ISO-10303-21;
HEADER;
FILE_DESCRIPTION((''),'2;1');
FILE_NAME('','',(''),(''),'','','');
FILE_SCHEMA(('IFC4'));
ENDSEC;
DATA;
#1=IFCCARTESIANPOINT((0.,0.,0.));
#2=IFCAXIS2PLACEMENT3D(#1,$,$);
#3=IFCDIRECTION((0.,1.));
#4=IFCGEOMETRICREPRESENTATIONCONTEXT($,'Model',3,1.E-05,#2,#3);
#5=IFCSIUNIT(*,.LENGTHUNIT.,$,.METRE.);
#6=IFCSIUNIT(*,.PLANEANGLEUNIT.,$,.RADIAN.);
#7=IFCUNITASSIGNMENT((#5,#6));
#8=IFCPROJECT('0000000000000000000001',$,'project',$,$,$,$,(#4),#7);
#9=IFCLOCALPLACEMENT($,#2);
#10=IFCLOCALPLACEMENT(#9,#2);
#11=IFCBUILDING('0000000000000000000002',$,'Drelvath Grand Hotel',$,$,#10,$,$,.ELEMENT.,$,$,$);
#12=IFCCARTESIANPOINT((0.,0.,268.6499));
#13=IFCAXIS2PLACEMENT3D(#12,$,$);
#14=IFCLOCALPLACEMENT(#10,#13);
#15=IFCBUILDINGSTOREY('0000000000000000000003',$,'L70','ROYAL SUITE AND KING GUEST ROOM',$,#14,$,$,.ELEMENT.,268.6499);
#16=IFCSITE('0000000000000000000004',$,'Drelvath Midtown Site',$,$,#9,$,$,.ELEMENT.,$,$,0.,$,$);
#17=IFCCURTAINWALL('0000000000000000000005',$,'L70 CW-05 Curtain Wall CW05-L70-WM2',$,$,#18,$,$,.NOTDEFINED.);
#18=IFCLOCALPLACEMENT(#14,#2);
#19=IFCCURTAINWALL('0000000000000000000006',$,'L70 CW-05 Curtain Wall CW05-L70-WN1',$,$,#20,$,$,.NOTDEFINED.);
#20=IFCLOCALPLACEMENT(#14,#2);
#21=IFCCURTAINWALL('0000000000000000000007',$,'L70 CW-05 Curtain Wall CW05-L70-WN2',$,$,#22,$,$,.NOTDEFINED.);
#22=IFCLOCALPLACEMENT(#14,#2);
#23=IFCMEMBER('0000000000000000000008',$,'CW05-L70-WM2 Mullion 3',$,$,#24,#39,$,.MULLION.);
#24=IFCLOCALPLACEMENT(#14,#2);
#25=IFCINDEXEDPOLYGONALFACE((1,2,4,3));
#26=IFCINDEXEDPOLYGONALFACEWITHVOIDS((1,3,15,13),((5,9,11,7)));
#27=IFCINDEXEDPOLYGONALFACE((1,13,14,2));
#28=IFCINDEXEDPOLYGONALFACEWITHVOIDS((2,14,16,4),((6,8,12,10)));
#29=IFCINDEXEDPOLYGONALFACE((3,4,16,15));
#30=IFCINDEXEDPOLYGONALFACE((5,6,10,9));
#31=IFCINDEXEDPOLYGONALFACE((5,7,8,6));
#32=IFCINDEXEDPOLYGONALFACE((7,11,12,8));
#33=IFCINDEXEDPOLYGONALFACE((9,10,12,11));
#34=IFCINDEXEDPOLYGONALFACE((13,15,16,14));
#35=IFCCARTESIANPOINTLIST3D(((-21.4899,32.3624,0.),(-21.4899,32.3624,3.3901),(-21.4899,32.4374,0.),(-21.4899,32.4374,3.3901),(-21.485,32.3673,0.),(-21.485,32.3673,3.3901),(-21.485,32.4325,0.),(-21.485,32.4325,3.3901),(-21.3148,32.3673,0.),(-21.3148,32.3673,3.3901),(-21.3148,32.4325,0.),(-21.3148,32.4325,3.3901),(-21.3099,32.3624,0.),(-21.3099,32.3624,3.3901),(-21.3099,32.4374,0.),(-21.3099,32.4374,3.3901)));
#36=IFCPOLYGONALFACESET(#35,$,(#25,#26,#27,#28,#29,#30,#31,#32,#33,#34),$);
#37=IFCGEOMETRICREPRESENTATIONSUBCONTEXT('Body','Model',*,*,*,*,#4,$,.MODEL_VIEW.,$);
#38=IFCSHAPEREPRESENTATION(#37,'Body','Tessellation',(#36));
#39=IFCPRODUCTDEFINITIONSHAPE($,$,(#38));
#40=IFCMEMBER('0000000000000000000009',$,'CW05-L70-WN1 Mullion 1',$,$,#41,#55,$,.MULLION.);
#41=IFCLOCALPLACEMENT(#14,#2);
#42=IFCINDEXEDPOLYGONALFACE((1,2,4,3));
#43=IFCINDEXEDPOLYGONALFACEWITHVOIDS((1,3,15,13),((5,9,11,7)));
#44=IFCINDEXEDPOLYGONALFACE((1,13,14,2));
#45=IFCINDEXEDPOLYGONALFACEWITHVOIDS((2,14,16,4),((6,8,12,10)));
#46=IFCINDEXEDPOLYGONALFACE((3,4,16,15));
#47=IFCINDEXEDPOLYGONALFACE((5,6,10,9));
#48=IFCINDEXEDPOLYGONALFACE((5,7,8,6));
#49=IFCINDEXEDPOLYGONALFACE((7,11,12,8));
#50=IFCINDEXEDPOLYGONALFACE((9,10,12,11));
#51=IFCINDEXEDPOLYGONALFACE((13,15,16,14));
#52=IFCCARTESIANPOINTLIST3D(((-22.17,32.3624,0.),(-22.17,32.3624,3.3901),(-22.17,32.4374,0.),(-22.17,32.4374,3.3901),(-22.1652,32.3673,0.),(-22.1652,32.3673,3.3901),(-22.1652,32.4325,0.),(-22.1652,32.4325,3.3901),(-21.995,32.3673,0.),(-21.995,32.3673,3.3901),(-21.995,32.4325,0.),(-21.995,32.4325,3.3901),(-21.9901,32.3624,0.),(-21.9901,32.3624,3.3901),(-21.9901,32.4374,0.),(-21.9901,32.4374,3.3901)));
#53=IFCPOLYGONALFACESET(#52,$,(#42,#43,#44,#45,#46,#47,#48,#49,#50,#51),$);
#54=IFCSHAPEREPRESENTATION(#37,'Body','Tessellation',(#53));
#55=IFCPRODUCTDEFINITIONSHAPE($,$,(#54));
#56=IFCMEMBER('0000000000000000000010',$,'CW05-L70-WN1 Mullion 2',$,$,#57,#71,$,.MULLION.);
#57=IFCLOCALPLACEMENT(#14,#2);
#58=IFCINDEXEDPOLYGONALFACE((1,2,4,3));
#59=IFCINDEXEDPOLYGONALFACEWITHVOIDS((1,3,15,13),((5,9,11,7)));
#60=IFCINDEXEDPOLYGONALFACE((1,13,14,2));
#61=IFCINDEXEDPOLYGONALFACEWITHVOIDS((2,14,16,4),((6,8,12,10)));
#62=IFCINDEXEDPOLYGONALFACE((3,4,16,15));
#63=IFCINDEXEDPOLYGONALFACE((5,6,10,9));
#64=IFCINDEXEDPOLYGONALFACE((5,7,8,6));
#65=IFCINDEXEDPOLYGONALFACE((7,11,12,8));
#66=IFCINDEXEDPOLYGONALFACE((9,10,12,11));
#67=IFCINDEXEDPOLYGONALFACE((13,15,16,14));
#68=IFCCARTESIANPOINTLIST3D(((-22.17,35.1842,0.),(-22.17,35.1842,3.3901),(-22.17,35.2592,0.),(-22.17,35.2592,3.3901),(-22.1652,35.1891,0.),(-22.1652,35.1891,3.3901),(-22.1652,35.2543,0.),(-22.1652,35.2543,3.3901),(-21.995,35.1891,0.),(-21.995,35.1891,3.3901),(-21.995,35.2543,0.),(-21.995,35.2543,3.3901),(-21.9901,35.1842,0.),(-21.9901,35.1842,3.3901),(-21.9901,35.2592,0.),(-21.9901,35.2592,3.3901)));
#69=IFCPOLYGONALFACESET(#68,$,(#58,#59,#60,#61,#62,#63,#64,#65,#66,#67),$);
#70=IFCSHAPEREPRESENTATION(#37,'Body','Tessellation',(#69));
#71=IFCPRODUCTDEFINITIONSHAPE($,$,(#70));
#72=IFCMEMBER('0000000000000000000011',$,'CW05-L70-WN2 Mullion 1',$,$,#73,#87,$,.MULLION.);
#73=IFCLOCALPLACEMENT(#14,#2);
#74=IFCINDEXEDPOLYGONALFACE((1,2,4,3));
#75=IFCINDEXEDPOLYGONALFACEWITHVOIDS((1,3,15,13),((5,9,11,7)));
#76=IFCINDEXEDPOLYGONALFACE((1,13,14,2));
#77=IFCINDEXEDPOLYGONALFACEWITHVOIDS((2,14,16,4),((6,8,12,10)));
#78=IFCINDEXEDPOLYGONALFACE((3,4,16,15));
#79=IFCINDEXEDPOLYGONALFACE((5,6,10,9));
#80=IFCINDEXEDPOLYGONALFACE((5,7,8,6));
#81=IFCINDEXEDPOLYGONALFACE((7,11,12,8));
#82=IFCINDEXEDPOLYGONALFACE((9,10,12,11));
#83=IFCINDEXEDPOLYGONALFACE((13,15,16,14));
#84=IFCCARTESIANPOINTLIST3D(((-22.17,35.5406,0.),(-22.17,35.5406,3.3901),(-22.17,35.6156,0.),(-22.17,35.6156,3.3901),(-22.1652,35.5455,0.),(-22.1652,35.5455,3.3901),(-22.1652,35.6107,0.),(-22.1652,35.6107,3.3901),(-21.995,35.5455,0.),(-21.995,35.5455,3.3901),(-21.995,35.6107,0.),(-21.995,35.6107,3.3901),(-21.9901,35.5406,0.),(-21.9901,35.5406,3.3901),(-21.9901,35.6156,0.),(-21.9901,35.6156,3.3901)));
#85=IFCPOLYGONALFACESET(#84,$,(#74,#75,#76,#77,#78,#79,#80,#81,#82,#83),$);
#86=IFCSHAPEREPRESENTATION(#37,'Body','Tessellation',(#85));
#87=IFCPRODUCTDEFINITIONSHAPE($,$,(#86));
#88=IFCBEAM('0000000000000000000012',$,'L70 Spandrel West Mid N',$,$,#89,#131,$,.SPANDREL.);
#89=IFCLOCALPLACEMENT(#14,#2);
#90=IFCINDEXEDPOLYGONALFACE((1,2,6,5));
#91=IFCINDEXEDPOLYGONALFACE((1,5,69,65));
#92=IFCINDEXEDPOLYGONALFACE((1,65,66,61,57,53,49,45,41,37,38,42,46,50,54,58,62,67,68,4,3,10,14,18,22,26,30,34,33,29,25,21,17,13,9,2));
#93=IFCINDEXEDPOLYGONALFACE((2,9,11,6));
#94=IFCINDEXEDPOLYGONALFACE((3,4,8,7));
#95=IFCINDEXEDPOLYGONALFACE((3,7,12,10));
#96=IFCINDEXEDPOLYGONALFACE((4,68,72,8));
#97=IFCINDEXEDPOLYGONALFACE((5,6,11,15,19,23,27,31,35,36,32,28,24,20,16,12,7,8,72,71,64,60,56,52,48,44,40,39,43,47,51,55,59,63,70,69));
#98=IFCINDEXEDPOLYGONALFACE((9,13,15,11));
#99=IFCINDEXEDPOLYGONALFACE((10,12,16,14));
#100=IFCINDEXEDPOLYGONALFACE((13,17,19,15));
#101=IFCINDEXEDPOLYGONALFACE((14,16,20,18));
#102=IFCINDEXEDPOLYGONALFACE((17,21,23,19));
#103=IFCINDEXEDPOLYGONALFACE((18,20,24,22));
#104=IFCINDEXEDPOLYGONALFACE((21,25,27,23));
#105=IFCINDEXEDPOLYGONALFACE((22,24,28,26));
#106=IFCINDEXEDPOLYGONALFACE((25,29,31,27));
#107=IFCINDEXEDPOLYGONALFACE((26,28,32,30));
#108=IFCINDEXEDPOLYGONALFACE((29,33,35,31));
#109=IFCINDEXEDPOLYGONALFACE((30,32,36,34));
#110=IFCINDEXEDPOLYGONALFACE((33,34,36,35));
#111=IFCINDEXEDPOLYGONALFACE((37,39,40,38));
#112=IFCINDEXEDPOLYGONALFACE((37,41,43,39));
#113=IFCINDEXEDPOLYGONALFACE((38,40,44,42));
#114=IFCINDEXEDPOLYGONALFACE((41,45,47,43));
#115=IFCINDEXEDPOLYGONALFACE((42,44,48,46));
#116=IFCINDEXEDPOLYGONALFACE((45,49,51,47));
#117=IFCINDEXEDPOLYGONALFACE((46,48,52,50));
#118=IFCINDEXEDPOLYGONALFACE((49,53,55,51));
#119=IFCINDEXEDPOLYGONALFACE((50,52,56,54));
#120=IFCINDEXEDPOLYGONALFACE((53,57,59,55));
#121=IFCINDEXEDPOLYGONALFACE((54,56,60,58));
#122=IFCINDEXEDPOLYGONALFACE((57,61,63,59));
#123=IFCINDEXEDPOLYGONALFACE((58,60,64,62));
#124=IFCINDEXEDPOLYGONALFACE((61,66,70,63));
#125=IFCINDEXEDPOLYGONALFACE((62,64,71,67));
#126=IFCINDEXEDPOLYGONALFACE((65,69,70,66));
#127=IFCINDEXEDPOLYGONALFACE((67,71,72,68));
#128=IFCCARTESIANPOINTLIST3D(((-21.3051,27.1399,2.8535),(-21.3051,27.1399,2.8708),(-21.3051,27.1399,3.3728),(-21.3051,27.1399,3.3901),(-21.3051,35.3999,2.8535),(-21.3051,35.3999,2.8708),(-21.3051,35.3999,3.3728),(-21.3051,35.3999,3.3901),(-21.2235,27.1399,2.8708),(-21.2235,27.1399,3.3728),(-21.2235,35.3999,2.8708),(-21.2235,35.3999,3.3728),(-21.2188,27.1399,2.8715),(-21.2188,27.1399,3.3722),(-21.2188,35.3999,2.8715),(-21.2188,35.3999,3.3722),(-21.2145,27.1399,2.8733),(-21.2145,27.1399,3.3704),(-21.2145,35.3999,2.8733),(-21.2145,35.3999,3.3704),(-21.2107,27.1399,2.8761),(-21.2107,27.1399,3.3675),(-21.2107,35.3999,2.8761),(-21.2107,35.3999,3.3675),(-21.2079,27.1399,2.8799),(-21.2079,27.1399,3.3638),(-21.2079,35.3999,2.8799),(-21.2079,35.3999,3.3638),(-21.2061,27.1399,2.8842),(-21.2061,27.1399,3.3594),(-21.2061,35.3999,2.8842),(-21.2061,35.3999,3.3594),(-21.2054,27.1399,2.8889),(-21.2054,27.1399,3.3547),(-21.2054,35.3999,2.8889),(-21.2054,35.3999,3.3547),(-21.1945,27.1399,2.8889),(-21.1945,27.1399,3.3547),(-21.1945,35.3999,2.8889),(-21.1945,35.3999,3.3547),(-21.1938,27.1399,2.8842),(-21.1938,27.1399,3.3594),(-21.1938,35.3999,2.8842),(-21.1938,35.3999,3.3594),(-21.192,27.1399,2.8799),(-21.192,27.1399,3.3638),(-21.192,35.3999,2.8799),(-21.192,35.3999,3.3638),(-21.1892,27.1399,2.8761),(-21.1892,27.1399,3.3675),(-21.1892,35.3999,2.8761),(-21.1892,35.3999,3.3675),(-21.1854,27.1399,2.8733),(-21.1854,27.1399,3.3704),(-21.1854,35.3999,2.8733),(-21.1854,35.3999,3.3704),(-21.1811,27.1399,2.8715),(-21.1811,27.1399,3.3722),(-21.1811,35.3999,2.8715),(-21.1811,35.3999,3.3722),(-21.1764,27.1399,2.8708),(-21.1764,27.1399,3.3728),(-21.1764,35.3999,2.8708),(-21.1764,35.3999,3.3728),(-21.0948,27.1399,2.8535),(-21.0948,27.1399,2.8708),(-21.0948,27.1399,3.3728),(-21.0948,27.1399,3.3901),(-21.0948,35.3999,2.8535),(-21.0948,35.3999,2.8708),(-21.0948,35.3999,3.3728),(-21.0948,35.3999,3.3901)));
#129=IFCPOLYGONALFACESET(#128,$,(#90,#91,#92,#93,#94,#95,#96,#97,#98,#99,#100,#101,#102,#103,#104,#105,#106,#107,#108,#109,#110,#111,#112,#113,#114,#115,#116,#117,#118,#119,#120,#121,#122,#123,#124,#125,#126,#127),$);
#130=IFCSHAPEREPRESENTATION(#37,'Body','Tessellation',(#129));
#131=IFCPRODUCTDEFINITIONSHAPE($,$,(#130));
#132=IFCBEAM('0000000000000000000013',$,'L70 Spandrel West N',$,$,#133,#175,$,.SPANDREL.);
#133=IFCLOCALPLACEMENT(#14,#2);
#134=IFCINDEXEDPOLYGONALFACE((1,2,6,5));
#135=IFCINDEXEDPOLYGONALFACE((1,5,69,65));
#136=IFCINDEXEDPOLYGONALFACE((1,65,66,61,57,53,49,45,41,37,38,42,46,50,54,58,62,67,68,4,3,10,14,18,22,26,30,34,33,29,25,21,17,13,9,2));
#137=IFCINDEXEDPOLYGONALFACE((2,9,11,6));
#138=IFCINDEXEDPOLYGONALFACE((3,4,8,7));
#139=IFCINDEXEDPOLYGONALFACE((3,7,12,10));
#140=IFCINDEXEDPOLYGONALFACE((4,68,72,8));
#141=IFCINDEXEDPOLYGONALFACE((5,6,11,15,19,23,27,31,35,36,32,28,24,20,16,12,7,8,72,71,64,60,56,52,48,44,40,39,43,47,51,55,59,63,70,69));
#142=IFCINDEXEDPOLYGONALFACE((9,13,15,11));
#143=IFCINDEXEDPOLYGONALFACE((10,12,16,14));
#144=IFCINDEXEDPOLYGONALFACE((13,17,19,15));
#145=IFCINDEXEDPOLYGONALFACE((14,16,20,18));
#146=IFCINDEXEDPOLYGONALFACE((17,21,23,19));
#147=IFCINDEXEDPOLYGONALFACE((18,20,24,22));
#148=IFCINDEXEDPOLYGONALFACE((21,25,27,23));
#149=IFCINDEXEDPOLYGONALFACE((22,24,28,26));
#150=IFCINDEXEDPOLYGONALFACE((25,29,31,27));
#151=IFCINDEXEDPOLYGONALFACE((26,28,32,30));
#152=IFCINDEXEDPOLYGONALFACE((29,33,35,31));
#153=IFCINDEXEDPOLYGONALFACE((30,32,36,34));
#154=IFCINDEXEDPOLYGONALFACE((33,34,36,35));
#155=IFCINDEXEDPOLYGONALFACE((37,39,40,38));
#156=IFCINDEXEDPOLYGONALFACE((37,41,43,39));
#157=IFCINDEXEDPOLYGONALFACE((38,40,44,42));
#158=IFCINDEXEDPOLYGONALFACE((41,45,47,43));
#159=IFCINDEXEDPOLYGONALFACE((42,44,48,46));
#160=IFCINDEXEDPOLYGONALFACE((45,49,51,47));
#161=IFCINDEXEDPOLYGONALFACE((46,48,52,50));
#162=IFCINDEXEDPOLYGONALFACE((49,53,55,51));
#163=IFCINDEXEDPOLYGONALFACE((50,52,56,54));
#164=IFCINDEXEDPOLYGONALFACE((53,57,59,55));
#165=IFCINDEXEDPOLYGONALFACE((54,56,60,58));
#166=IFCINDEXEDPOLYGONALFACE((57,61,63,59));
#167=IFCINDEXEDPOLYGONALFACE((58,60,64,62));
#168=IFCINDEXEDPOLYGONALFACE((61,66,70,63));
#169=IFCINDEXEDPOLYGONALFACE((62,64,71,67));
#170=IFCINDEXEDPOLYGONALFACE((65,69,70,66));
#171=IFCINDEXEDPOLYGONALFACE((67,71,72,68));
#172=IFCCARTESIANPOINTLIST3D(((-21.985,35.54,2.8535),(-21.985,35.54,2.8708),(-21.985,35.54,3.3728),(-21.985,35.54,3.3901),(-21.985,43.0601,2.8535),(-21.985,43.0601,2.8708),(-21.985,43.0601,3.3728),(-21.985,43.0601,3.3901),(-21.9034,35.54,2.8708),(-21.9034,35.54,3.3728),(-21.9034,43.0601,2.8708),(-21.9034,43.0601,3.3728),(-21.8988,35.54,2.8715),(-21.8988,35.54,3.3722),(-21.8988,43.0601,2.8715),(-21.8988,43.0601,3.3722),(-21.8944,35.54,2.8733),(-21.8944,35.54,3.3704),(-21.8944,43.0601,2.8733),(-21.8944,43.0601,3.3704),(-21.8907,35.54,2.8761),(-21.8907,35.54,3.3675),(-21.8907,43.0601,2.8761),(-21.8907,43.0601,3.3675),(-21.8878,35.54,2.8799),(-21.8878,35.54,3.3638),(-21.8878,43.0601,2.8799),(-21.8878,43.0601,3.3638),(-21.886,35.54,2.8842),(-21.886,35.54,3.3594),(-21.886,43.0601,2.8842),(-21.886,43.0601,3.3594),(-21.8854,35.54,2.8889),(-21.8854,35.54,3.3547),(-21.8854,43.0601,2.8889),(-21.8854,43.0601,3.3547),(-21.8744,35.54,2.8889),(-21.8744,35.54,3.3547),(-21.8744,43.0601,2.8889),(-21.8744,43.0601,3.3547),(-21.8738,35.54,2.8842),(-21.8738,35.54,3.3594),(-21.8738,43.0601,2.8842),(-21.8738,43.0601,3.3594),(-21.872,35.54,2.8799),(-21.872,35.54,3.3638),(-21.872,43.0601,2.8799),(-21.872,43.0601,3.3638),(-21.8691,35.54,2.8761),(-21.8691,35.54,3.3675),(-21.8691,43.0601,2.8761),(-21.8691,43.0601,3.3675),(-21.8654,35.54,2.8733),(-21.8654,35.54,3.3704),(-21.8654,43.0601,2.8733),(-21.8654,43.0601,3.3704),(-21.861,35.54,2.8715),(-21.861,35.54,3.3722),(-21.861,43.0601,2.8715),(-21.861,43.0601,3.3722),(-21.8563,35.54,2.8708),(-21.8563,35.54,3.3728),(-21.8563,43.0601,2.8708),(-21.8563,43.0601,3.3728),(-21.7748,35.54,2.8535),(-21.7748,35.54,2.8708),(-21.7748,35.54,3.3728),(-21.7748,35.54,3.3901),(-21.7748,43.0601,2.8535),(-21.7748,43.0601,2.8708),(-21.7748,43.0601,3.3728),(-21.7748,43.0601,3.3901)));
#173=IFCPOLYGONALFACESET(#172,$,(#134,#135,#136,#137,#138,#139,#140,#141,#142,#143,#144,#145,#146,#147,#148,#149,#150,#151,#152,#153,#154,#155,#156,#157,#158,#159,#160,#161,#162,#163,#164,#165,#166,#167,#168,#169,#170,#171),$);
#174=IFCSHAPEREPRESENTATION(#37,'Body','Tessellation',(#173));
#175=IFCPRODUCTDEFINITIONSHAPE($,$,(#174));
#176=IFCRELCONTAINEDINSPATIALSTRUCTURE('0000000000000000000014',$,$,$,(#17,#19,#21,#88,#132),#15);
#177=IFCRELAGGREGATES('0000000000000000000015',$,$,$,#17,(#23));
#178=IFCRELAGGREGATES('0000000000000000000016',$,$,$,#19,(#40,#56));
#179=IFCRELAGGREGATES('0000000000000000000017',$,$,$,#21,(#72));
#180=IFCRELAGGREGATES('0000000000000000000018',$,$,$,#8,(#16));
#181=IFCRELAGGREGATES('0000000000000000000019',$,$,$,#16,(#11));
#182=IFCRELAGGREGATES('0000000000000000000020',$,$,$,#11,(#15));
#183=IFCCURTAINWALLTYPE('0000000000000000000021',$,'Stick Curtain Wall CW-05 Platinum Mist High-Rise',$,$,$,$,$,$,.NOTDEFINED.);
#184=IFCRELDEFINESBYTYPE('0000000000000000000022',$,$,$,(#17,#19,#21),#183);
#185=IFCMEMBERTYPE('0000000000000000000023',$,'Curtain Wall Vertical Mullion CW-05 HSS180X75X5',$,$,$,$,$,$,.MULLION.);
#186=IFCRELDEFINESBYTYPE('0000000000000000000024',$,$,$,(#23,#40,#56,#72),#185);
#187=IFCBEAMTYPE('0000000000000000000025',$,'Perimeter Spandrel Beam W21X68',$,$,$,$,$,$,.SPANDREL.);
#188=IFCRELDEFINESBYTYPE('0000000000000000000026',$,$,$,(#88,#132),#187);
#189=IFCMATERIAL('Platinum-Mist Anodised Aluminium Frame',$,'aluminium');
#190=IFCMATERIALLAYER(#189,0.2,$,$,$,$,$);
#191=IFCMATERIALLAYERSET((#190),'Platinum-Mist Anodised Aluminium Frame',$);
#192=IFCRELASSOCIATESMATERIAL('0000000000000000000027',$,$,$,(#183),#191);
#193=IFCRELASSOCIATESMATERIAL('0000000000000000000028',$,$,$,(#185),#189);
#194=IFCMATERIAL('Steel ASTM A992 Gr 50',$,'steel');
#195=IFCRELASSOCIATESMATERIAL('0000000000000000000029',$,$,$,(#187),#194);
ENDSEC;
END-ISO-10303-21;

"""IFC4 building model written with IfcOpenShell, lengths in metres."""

from ifc_helpers import new_model, si_unit, direction, frame, origin, origin_2d, place, context, subcontext, project, spatial, hollow_rectangle, i_section, extrude, material, layer, layer_set, material_profile, profile_set, type_object, element, aggregate, save


model = new_model("IFC4")

# Units and contexts
model_context = context("Model", 3, precision=1e-05, world=origin(), true_north=direction((0.0, 1.0)))
body_context = subcontext(model_context, "Body", "Model", "MODEL_VIEW")
ifc_project = project(units=[si_unit("LENGTHUNIT", "METRE"), si_unit("PLANEANGLEUNIT", "RADIAN")], contexts=[model_context])

# Site, building, storey
site_placement = place(None, origin())
site = spatial("IfcSite", under=ifc_project, at=site_placement, Name="Drelvath Midtown Site", CompositionType="ELEMENT", RefElevation=0.0)
building_placement = place(site_placement, origin())
building = spatial("IfcBuilding", under=site, at=building_placement, Name="Drelvath Grand Hotel", CompositionType="ELEMENT")
storey_placement = place(building_placement, frame((0.0, 0.0, 268.6499)))
storey = spatial("IfcBuildingStorey", under=building, at=storey_placement, Name="L70", Description="ROYAL SUITE AND KING GUEST ROOM", CompositionType="ELEMENT", Elevation=268.6499)

# Curtain walls
ifc_material_1 = material(Name="Platinum-Mist Anodised Aluminium Frame", Category="aluminium")
ifc_layer_1 = layer(ifc_material_1, 0.2)
ifc_layer_set_1 = layer_set([ifc_layer_1], Name="Platinum-Mist Anodised Aluminium Frame")
curtain_wall_type = type_object("IfcCurtainWallType", Name="Stick Curtain Wall CW-05 Platinum Mist High-Rise", PredefinedType="NOTDEFINED", material=ifc_layer_set_1)
curtain_wall_1_placement = place(storey_placement, origin())
curtain_wall_1 = element("IfcCurtainWall", 1, at=curtain_wall_1_placement, inside=storey, type_object=curtain_wall_type, Name="L70 CW-05 Curtain Wall CW05-L70-WM2", PredefinedType="NOTDEFINED")
curtain_wall_2_placement = place(storey_placement, origin())
curtain_wall_2 = element("IfcCurtainWall", 2, at=curtain_wall_2_placement, inside=storey, type_object=curtain_wall_type, Name="L70 CW-05 Curtain Wall CW05-L70-WN1", PredefinedType="NOTDEFINED")
curtain_wall_3_placement = place(storey_placement, origin())
curtain_wall_3 = element("IfcCurtainWall", 3, at=curtain_wall_3_placement, inside=storey, type_object=curtain_wall_type, Name="L70 CW-05 Curtain Wall CW05-L70-WN2", PredefinedType="NOTDEFINED")

# Members
ifc_material_profile_1 = material_profile(ifc_material_1, hollow_rectangle(XDim=0.075, YDim=0.1799, WallThickness=0.0049, at=origin_2d()), Name="HSS180X75X5")
ifc_profile_set_1 = profile_set([ifc_material_profile_1], Name="Platinum-Mist Anodised Aluminium Frame")
member_type_1 = type_object("IfcMemberType", Name="Curtain Wall Vertical Mullion CW-05 HSS180X75X5", PredefinedType="MULLION", material=ifc_profile_set_1)
member_1_placement = place(storey_placement, frame((-21.3999, 32.3999, 0.0), z_axis=(0.0, 0.0, 1.0), x_axis=(0.0, 1.0, 0.0)))
member_1 = element("IfcMember", 4, at=member_1_placement, type_object=member_type_1, Name="CW05-L70-WM2 Mullion 3", PredefinedType="MULLION", context=body_context, shape_type="SweptSolid", body=[
    extrude(hollow_rectangle(XDim=0.075, YDim=0.1799, WallThickness=0.0049, at=origin_2d()), origin(), (0.0, 0.0, 1.0), 3.3901),
])
member_2_placement = place(storey_placement, frame((-22.0801, 32.3999, 0.0), z_axis=(0.0, 0.0, 1.0), x_axis=(0.0, 1.0, 0.0)))
member_2 = element("IfcMember", 5, at=member_2_placement, type_object=member_type_1, Name="CW05-L70-WN1 Mullion 1", PredefinedType="MULLION", context=body_context, shape_type="SweptSolid", body=[
    extrude(hollow_rectangle(XDim=0.075, YDim=0.1799, WallThickness=0.0049, at=origin_2d()), origin(), (0.0, 0.0, 1.0), 3.3901),
])
member_3_placement = place(storey_placement, frame((-22.0801, 35.2217, 0.0), z_axis=(0.0, 0.0, 1.0), x_axis=(0.0, 1.0, 0.0)))
member_3 = element("IfcMember", 6, at=member_3_placement, type_object=member_type_1, Name="CW05-L70-WN1 Mullion 2", PredefinedType="MULLION", context=body_context, shape_type="SweptSolid", body=[
    extrude(hollow_rectangle(XDim=0.075, YDim=0.1799, WallThickness=0.0049, at=origin_2d()), origin(), (0.0, 0.0, 1.0), 3.3901),
])
member_4_placement = place(storey_placement, frame((-22.0801, 35.5781, 0.0), z_axis=(0.0, 0.0, 1.0), x_axis=(0.0, 1.0, 0.0)))
member_4 = element("IfcMember", 7, at=member_4_placement, type_object=member_type_1, Name="CW05-L70-WN2 Mullion 1", PredefinedType="MULLION", context=body_context, shape_type="SweptSolid", body=[
    extrude(hollow_rectangle(XDim=0.075, YDim=0.1799, WallThickness=0.0049, at=origin_2d()), origin(), (0.0, 0.0, 1.0), 3.3901),
])

# Beams
ifc_material_2 = material(Name="Steel ASTM A992 Gr 50", Category="steel")
ifc_material_profile_2 = material_profile(ifc_material_2, i_section(OverallWidth=0.2102, OverallDepth=0.5366, WebThickness=0.011, FlangeThickness=0.0173, FilletRadius=0.0181, at=origin_2d()), Name="W21X68")
ifc_profile_set_2 = profile_set([ifc_material_profile_2], Name="Steel ASTM A992 Gr 50")
beam_type_1 = type_object("IfcBeamType", Name="Perimeter Spandrel Beam W21X68", PredefinedType="SPANDREL", material=ifc_profile_set_2)
beam_1_placement = place(storey_placement, frame((-21.2, 27.1399, 3.1218), z_axis=(0.0, 1.0, 0.0), x_axis=(-1.0, 0.0, 0.0)))
element("IfcBeam", 8, at=beam_1_placement, inside=storey, type_object=beam_type_1, Name="L70 Spandrel West Mid N", PredefinedType="SPANDREL", context=body_context, shape_type="SweptSolid", body=[
    extrude(i_section(OverallWidth=0.2102, OverallDepth=0.5366, WebThickness=0.011, FlangeThickness=0.0173, FilletRadius=0.0181, at=origin_2d()), origin(), (0.0, 0.0, 1.0), 8.26),
])
beam_2_placement = place(storey_placement, frame((-21.8799, 35.54, 3.1218), z_axis=(0.0, 1.0, 0.0), x_axis=(-1.0, 0.0, 0.0)))
element("IfcBeam", 9, at=beam_2_placement, inside=storey, type_object=beam_type_1, Name="L70 Spandrel West N", PredefinedType="SPANDREL", context=body_context, shape_type="SweptSolid", body=[
    extrude(i_section(OverallWidth=0.2102, OverallDepth=0.5366, WebThickness=0.011, FlangeThickness=0.0173, FilletRadius=0.0181, at=origin_2d()), origin(), (0.0, 0.0, 1.0), 7.52),
])

aggregate(curtain_wall_1, [member_1])
aggregate(curtain_wall_2, [member_2, member_3])
aggregate(curtain_wall_3, [member_4])

save(model, "model.ifc")
